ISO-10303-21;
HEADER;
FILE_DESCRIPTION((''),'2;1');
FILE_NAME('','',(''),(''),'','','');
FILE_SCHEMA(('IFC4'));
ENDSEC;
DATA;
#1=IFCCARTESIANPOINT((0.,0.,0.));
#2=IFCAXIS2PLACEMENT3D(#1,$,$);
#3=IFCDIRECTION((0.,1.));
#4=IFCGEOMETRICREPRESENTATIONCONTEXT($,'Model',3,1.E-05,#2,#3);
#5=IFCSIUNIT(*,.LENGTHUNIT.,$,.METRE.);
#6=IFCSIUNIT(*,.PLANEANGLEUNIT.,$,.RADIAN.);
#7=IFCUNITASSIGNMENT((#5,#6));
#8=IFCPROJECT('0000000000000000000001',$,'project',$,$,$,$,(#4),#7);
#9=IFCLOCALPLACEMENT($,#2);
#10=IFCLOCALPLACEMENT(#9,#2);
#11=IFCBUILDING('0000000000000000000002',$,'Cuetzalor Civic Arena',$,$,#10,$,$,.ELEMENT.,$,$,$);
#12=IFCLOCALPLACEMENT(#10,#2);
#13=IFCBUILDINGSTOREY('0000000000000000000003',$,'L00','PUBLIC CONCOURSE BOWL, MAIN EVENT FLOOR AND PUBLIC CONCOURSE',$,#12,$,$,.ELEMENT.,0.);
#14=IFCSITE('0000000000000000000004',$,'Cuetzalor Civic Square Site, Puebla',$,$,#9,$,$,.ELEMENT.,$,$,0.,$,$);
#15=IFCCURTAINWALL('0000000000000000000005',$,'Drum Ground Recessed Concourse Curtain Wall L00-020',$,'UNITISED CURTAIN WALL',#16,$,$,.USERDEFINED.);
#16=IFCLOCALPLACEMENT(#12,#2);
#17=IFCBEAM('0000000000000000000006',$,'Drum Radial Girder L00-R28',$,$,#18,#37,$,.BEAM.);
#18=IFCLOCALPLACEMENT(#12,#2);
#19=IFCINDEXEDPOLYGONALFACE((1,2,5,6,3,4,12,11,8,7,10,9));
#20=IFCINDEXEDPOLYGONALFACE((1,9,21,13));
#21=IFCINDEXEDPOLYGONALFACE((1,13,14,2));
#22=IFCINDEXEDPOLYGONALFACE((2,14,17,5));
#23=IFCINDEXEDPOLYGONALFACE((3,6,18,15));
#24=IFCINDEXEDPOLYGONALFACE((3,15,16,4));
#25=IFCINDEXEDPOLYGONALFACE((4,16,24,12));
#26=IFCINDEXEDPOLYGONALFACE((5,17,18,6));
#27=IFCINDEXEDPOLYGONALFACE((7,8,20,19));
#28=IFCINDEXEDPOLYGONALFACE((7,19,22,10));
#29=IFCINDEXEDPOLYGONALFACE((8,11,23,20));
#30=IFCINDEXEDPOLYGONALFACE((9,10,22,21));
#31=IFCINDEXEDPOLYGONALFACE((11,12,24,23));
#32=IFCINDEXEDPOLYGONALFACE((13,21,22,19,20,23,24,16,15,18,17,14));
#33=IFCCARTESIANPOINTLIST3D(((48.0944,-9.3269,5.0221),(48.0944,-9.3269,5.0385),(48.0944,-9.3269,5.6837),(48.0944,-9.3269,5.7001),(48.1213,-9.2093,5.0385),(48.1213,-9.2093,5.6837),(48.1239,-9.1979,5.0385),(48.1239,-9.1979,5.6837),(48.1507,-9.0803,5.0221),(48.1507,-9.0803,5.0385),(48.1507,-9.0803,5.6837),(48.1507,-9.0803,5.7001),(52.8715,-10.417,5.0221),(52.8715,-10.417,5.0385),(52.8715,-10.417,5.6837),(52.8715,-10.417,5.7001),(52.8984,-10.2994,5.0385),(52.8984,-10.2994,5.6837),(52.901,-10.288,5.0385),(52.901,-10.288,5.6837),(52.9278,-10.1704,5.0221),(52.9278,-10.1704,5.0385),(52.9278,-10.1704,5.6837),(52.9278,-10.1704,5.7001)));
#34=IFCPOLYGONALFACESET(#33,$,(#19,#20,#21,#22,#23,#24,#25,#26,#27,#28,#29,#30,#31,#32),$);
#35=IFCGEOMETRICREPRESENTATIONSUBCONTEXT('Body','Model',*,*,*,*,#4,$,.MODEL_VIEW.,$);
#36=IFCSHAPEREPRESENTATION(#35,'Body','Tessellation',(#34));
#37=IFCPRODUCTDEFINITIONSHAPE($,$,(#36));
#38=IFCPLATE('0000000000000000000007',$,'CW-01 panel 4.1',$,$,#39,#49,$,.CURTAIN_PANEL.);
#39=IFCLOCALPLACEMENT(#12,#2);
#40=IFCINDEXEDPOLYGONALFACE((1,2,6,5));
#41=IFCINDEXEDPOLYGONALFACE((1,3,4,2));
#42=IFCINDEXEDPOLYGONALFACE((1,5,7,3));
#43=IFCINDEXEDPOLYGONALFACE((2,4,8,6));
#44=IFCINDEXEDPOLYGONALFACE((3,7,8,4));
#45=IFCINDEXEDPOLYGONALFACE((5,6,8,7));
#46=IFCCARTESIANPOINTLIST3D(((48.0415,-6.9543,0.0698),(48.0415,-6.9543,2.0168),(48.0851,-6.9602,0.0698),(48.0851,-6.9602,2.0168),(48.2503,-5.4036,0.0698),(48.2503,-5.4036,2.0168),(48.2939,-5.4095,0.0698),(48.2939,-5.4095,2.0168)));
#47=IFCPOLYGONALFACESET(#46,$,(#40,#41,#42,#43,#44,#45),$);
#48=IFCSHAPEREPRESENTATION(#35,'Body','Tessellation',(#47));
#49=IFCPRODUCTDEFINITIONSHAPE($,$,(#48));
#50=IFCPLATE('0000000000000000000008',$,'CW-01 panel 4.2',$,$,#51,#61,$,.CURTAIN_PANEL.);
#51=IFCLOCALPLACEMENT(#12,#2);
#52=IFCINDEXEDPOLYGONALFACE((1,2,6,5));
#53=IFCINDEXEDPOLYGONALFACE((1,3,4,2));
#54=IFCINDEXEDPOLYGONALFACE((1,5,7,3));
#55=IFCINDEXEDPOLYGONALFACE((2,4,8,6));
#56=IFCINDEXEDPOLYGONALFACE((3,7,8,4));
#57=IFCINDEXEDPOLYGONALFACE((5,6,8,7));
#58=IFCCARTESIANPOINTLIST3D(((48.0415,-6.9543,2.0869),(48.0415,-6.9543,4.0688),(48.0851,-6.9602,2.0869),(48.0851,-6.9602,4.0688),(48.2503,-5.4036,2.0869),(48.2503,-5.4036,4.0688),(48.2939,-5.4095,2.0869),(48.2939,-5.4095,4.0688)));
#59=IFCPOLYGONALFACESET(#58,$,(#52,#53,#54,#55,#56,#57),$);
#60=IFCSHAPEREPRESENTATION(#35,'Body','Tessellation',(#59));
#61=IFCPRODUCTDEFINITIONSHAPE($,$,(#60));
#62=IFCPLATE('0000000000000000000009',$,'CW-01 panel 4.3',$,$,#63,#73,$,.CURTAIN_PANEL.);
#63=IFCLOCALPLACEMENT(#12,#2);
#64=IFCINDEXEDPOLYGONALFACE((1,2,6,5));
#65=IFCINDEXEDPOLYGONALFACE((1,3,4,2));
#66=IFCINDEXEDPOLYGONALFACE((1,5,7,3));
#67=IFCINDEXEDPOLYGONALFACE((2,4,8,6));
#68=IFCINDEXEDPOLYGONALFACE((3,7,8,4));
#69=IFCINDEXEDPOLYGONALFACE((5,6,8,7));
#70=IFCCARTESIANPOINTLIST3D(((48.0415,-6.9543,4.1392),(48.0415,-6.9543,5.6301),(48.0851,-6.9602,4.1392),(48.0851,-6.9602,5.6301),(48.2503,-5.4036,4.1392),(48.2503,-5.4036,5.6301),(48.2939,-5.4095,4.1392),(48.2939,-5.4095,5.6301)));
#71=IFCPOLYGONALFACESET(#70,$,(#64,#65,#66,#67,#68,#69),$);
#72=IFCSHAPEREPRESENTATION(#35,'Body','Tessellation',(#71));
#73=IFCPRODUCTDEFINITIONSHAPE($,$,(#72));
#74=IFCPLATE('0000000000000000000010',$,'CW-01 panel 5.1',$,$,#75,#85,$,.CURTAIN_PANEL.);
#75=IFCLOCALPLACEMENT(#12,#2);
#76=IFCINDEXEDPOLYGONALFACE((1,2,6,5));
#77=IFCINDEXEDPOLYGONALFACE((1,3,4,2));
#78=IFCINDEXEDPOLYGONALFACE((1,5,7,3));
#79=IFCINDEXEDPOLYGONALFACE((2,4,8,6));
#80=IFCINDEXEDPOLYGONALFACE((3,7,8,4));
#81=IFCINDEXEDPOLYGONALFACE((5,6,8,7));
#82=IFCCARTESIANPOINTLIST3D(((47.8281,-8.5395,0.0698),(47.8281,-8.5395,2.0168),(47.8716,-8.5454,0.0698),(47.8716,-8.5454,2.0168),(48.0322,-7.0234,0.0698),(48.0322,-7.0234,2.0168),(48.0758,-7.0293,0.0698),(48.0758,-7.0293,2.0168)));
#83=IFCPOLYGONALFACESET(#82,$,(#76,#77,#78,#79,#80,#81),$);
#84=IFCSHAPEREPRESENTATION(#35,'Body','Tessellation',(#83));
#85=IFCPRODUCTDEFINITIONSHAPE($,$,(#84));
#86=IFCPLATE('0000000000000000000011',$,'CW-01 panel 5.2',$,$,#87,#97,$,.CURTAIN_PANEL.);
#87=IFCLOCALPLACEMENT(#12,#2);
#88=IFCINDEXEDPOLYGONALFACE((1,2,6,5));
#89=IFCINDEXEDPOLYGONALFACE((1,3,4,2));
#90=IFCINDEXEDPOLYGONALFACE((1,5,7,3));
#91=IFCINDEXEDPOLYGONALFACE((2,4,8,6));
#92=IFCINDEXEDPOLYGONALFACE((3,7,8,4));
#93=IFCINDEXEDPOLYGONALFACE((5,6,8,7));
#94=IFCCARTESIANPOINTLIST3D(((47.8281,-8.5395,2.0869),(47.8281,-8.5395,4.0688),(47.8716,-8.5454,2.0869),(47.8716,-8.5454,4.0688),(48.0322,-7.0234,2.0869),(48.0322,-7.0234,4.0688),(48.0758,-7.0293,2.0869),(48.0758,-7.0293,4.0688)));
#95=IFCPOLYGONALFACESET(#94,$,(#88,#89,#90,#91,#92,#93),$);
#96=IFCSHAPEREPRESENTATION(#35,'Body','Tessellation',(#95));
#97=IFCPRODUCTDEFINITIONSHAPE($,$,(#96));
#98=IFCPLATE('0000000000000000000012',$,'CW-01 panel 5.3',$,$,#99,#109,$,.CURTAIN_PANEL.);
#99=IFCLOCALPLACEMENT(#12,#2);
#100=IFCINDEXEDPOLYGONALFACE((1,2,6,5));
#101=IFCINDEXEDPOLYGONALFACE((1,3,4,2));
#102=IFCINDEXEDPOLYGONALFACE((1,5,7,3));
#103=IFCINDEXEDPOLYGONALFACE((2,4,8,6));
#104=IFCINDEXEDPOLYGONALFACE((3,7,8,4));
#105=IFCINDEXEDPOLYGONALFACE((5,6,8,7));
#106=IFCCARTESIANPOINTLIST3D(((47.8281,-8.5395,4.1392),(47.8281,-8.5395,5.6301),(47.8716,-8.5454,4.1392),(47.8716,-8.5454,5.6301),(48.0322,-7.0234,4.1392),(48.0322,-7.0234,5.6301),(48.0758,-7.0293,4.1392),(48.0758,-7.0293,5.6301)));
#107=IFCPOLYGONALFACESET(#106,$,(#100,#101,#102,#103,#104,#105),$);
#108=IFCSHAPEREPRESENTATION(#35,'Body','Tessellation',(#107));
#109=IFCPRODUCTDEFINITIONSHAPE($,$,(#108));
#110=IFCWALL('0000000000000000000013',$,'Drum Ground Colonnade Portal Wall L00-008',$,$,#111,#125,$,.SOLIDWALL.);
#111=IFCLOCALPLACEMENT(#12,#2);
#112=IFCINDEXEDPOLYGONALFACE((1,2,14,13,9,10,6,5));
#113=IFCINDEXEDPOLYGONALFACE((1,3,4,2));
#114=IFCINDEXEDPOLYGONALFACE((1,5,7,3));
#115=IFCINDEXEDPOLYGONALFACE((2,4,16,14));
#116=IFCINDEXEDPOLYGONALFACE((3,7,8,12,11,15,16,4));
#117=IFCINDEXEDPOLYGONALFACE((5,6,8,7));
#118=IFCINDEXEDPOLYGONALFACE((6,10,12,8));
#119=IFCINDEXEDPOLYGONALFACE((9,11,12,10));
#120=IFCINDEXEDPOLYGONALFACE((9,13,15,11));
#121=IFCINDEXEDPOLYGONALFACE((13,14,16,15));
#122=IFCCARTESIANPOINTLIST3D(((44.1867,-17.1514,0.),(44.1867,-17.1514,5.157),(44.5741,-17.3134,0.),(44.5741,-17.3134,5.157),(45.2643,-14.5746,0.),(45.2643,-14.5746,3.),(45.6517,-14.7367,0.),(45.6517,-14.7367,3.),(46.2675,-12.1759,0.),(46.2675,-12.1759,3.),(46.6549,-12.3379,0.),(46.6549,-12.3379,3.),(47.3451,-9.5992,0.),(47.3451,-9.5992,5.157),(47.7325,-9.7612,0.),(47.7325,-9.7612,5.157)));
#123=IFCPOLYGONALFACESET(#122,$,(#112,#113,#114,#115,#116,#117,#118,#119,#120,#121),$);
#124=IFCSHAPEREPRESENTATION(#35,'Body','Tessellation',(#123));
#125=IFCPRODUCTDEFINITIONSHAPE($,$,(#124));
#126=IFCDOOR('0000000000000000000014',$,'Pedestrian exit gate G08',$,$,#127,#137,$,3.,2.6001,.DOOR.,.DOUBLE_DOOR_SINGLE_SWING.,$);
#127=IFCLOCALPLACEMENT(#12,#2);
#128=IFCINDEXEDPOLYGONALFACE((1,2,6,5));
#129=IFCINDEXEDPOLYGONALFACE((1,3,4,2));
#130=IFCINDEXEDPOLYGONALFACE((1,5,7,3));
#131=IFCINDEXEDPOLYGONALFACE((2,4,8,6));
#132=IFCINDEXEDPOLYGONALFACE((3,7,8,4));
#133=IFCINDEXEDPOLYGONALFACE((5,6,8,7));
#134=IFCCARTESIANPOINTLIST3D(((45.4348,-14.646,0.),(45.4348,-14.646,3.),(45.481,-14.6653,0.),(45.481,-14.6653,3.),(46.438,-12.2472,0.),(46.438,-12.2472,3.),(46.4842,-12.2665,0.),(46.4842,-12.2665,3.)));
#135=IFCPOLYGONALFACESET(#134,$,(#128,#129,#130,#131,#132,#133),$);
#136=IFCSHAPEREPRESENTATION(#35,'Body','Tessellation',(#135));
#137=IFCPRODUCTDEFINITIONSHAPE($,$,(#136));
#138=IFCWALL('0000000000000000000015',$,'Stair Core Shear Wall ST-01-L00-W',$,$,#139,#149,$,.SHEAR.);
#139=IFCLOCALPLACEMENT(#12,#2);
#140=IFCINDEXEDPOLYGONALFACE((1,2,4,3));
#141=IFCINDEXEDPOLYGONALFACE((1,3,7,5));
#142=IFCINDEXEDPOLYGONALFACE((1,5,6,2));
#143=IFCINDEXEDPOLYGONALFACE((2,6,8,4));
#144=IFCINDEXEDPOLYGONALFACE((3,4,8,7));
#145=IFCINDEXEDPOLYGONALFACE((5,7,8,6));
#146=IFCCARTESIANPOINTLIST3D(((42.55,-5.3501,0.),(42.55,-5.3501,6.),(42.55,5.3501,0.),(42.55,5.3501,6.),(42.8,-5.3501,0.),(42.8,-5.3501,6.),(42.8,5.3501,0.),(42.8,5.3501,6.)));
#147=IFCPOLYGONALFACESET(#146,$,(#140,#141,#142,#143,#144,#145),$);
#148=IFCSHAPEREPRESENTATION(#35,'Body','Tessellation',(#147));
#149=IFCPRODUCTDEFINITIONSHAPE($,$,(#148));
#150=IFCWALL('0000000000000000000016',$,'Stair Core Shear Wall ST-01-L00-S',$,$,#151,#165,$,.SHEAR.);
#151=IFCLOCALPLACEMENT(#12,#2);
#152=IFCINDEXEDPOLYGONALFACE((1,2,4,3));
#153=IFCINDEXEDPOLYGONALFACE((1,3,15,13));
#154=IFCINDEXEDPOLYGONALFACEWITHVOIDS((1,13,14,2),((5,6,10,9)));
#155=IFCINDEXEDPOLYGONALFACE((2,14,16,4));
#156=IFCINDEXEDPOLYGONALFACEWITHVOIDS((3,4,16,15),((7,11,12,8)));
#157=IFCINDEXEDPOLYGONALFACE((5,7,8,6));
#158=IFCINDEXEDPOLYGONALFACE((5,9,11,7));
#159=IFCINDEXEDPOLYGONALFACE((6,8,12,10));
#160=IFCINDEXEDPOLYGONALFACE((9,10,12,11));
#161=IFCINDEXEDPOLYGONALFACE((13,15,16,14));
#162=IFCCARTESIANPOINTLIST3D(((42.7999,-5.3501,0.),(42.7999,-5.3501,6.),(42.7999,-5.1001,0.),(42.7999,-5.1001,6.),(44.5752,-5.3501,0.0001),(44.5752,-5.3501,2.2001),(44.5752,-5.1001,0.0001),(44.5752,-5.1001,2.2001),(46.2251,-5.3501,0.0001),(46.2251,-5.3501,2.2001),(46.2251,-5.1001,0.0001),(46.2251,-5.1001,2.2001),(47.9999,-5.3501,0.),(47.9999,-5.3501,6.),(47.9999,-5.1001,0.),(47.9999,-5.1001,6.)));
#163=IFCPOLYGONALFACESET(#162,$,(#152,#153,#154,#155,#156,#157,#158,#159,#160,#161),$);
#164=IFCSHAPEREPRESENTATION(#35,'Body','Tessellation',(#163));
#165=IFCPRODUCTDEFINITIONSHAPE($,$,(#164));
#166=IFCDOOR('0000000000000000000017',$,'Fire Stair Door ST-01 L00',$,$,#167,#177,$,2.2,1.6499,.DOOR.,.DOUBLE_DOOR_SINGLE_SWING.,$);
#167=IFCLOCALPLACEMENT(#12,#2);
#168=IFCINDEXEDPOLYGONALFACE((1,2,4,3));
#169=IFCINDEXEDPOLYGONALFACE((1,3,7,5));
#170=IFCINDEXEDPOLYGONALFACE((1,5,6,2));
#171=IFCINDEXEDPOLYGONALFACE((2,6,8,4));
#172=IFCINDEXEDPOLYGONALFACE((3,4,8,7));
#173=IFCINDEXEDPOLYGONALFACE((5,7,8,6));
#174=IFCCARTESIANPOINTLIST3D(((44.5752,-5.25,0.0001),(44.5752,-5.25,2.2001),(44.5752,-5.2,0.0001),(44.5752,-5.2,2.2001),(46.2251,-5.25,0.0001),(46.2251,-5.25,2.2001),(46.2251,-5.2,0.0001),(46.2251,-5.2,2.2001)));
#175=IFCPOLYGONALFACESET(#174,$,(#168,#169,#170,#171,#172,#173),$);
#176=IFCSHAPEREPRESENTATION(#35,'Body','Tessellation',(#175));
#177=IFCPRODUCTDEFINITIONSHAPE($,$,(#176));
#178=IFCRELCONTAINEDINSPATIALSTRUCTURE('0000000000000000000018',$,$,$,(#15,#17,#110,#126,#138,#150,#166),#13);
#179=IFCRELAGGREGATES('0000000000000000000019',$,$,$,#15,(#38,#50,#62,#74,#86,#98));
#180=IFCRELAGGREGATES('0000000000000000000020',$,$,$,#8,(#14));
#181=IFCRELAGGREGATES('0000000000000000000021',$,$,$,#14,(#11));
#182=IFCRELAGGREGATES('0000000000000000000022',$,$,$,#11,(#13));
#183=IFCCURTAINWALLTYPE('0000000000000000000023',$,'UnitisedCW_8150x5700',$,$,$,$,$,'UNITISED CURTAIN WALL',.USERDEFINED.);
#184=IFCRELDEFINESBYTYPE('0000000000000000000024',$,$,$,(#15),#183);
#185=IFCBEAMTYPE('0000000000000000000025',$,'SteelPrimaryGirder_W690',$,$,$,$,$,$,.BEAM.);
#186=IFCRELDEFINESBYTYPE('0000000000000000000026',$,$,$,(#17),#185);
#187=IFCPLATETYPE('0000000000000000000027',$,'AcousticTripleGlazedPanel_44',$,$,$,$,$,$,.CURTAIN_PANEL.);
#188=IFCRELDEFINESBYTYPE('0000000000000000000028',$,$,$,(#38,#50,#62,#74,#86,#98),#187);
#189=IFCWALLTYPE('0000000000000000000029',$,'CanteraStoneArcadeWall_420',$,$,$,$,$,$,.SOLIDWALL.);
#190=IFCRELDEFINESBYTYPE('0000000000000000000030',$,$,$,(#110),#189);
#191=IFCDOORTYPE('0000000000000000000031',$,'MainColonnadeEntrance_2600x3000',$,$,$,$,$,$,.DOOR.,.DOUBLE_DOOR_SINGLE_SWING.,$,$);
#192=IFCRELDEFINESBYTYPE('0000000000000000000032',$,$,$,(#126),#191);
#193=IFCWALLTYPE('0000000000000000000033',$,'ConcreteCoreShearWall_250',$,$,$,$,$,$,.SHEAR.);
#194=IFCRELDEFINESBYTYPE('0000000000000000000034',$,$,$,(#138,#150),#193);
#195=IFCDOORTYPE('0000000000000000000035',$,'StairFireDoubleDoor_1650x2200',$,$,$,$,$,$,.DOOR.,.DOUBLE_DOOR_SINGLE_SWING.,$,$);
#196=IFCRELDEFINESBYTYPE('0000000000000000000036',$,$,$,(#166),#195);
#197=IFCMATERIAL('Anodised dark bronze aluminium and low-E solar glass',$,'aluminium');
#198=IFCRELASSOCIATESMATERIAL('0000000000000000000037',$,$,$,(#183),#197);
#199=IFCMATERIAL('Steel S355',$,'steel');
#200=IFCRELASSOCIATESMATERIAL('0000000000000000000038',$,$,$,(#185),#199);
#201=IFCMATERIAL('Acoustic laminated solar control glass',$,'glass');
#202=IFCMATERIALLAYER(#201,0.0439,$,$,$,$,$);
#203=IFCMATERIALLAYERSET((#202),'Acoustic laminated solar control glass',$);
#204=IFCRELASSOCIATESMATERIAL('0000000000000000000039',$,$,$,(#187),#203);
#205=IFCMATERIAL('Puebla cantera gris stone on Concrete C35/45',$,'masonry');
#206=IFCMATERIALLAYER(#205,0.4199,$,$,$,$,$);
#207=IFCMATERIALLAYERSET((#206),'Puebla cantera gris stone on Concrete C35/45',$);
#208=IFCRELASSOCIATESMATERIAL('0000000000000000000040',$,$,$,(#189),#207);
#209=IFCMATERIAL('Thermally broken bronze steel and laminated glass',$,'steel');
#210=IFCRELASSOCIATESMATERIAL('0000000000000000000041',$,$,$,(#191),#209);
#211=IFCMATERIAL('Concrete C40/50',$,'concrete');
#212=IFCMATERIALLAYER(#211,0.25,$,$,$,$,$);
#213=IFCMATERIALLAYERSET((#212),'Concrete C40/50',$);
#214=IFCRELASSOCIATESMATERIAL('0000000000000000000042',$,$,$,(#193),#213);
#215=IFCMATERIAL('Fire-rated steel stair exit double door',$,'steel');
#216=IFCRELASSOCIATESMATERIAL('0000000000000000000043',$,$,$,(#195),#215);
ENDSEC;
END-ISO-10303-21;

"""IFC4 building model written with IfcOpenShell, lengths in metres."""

from ifc_helpers import new_model, si_unit, direction, frame, frame_2d, origin, origin_2d, place, context, subcontext, project, spatial, rectangle, i_section, extrude, material, layer, layer_set, material_profile, profile_set, type_object, element, fill, aggregate, save


model = new_model("IFC4")

# Units and contexts
model_context = context("Model", 3, precision=1e-05, world=origin(), true_north=direction((0.0, 1.0)))
body_context = subcontext(model_context, "Body", "Model", "MODEL_VIEW")
ifc_project = project(units=[si_unit("LENGTHUNIT", "METRE"), si_unit("PLANEANGLEUNIT", "RADIAN")], contexts=[model_context])

# Site, building, storey
site_placement = place(None, origin())
site = spatial("IfcSite", under=ifc_project, at=site_placement, Name="Cuetzalor Civic Square Site, Puebla", CompositionType="ELEMENT", RefElevation=0.0)
building_placement = place(site_placement, origin())
building = spatial("IfcBuilding", under=site, at=building_placement, Name="Cuetzalor Civic Arena", CompositionType="ELEMENT")
storey_placement = place(building_placement, origin())
storey = spatial("IfcBuildingStorey", under=building, at=storey_placement, Name="L00", Description="PUBLIC CONCOURSE BOWL, MAIN EVENT FLOOR AND PUBLIC CONCOURSE", CompositionType="ELEMENT", Elevation=0.0)

# Curtain wall
ifc_material_1 = material(Name="Anodised dark bronze aluminium and low-E solar glass", Category="aluminium")
curtain_wall_type_1 = type_object("IfcCurtainWallType", Name="UnitisedCW_8150x5700", ElementType="UNITISED CURTAIN WALL", PredefinedType="USERDEFINED", material=ifc_material_1)
curtain_wall_1_placement = place(storey_placement, origin())
curtain_wall_1 = element("IfcCurtainWall", 1, at=curtain_wall_1_placement, inside=storey, type_object=curtain_wall_type_1, Name="Drum Ground Recessed Concourse Curtain Wall L00-020", ObjectType="UNITISED CURTAIN WALL", PredefinedType="USERDEFINED")

# Beam
ifc_material_2 = material(Name="Steel S355", Category="steel")
ifc_material_profile_1 = material_profile(ifc_material_2, i_section(OverallWidth=0.2529, OverallDepth=0.678, WebThickness=0.0117, FlangeThickness=0.0164, at=origin_2d()), Name="W690x125")
ifc_profile_set_1 = profile_set([ifc_material_profile_1], Name="Steel S355")
beam_type_1 = type_object("IfcBeamType", Name="SteelPrimaryGirder_W690", PredefinedType="BEAM", material=ifc_profile_set_1)
beam_1_placement = place(storey_placement, frame((48.1226, -9.2036, 5.3611), z_axis=(0.974939, -0.222472, 0.0), x_axis=(0.222472, 0.974939, 0.0)))
element("IfcBeam", 2, at=beam_1_placement, inside=storey, type_object=beam_type_1, Name="Drum Radial Girder L00-R28", PredefinedType="BEAM", context=body_context, shape_type="SweptSolid", body=[
    extrude(i_section(OverallWidth=0.2529, OverallDepth=0.678, WebThickness=0.0117, FlangeThickness=0.0164, at=origin_2d()), origin(), (0.0, 0.0, 1.0), 4.8999),
])

# Plates
ifc_material_3 = material(Name="Acoustic laminated solar control glass", Category="glass")
ifc_layer_1 = layer(ifc_material_3, 0.0439)
ifc_layer_set_1 = layer_set([ifc_layer_1], Name="Acoustic laminated solar control glass")
plate_type = type_object("IfcPlateType", Name="AcousticTripleGlazedPanel_44", PredefinedType="CURTAIN_PANEL", material=ifc_layer_set_1)
plate_1_placement = place(storey_placement, frame((48.1677, -6.1819, 0.0698), z_axis=(0.0, 0.0, 1.0), x_axis=(-0.133443, -0.991056, 0.0)))
plate_1 = element("IfcPlate", 3, at=plate_1_placement, type_object=plate_type, Name="CW-01 panel 4.1", PredefinedType="CURTAIN_PANEL", context=body_context, shape_type="SweptSolid", body=[
    extrude(rectangle(XDim=1.5647, YDim=0.0439, at=origin_2d()), origin(), (0.0, 0.0, 1.0), 1.947),
])
plate_2_placement = place(storey_placement, frame((48.1677, -6.1819, 2.0869), z_axis=(0.0, 0.0, 1.0), x_axis=(-0.133443, -0.991056, 0.0)))
plate_2 = element("IfcPlate", 4, at=plate_2_placement, type_object=plate_type, Name="CW-01 panel 4.2", PredefinedType="CURTAIN_PANEL", context=body_context, shape_type="SweptSolid", body=[
    extrude(rectangle(XDim=1.5647, YDim=0.0439, at=origin_2d()), origin(), (0.0, 0.0, 1.0), 1.9819),
])
plate_3_placement = place(storey_placement, frame((48.1677, -6.1819, 4.1392), z_axis=(0.0, 0.0, 1.0), x_axis=(-0.133443, -0.991056, 0.0)))
plate_3 = element("IfcPlate", 5, at=plate_3_placement, type_object=plate_type, Name="CW-01 panel 4.3", PredefinedType="CURTAIN_PANEL", context=body_context, shape_type="SweptSolid", body=[
    extrude(rectangle(XDim=1.5647, YDim=0.0439, at=origin_2d()), origin(), (0.0, 0.0, 1.0), 1.491),
])
plate_4_placement = place(storey_placement, frame((47.9519, -7.7844, 0.0698), z_axis=(0.0, 0.0, 1.0), x_axis=(-0.133443, -0.991056, 0.0)))
plate_4 = element("IfcPlate", 6, at=plate_4_placement, type_object=plate_type, Name="CW-01 panel 5.1", PredefinedType="CURTAIN_PANEL", context=body_context, shape_type="SweptSolid", body=[
    extrude(rectangle(XDim=1.5298, YDim=0.0439, at=origin_2d()), origin(), (0.0, 0.0, 1.0), 1.947),
])
plate_5_placement = place(storey_placement, frame((47.9519, -7.7844, 2.0869), z_axis=(0.0, 0.0, 1.0), x_axis=(-0.133443, -0.991056, 0.0)))
plate_5 = element("IfcPlate", 7, at=plate_5_placement, type_object=plate_type, Name="CW-01 panel 5.2", PredefinedType="CURTAIN_PANEL", context=body_context, shape_type="SweptSolid", body=[
    extrude(rectangle(XDim=1.5298, YDim=0.0439, at=origin_2d()), origin(), (0.0, 0.0, 1.0), 1.9819),
])
plate_6_placement = place(storey_placement, frame((47.9519, -7.7844, 4.1392), z_axis=(0.0, 0.0, 1.0), x_axis=(-0.133443, -0.991056, 0.0)))
plate_6 = element("IfcPlate", 8, at=plate_6_placement, type_object=plate_type, Name="CW-01 panel 5.3", PredefinedType="CURTAIN_PANEL", context=body_context, shape_type="SweptSolid", body=[
    extrude(rectangle(XDim=1.5298, YDim=0.0439, at=origin_2d()), origin(), (0.0, 0.0, 1.0), 1.491),
])
aggregate(curtain_wall_1, [plate_1, plate_2, plate_3, plate_4, plate_5, plate_6])

# Wall, opening, door
ifc_material_4 = material(Name="Puebla cantera gris stone on Concrete C35/45", Category="masonry")
ifc_layer_2 = layer(ifc_material_4, 0.4199)
ifc_layer_set_2 = layer_set([ifc_layer_2], Name="Puebla cantera gris stone on Concrete C35/45")
wall_type_1 = type_object("IfcWallType", Name="CanteraStoneArcadeWall_420", PredefinedType="SOLIDWALL", material=ifc_layer_set_2)
wall_1_placement = place(storey_placement, frame((47.5388, -9.6802, 0.0), z_axis=(0.0, 0.0, 1.0), x_axis=(-0.385831, -0.92257, 0.0)))
wall_1 = element("IfcWall", 9, at=wall_1_placement, inside=storey, type_object=wall_type_1, Name="Drum Ground Colonnade Portal Wall L00-008", PredefinedType="SOLIDWALL", context=body_context, shape_type="SweptSolid", body=[
    extrude(rectangle(XDim=8.186, YDim=0.4199, at=frame_2d((4.093, 0.0))), origin(), (0.0, 0.0, 1.0), 5.157),
])
opening_1_placement = place(wall_1_placement, frame((2.793, 0.0, 0.0)))
opening_1 = element("IfcOpeningElement", 10, at=opening_1_placement, cuts=wall_1, PredefinedType="OPENING", context=body_context, shape_type="SweptSolid", body=[
    extrude(rectangle(XDim=2.6001, YDim=3.0, at=frame_2d((1.3, 1.5))), frame((0.0, 0.22, 0.0), z_axis=(0.0, -1.0, 0.0), x_axis=(1.0, 0.0, 0.0)), (0.0, 0.0, 1.0), 0.4399),
])
ifc_material_5 = material(Name="Thermally broken bronze steel and laminated glass", Category="steel")
door_type_1 = type_object("IfcDoorType", Name="MainColonnadeEntrance_2600x3000", OperationType="DOUBLE_DOOR_SINGLE_SWING", PredefinedType="DOOR", material=ifc_material_5)
door_1_placement = place(opening_1_placement, origin())
door_1 = element("IfcDoor", 11, at=door_1_placement, inside=storey, type_object=door_type_1, Name="Pedestrian exit gate G08", OperationType="DOUBLE_DOOR_SINGLE_SWING", OverallHeight=3.0, OverallWidth=2.6001, PredefinedType="DOOR", context=body_context, shape_type="SweptSolid", body=[
    extrude(rectangle(XDim=2.6001, YDim=3.0, at=frame_2d((1.3, 1.5))), frame((0.0, 0.0249, 0.0), z_axis=(0.0, -1.0, 0.0), x_axis=(1.0, 0.0, 0.0)), (0.0, 0.0, 1.0), 0.05),
])
fill(opening_1, door_1)

# Wall
ifc_material_6 = material(Name="Concrete C40/50", Category="concrete")
ifc_layer_3 = layer(ifc_material_6, 0.25)
ifc_layer_set_3 = layer_set([ifc_layer_3], Name="Concrete C40/50")
wall_type_2 = type_object("IfcWallType", Name="ConcreteCoreShearWall_250", PredefinedType="SHEAR", material=ifc_layer_set_3)
wall_2_placement = place(storey_placement, frame((42.675, -5.3501, 0.0), z_axis=(0.0, 0.0, 1.0), x_axis=(0.0, 1.0, 0.0)))
element("IfcWall", 12, at=wall_2_placement, inside=storey, type_object=wall_type_2, Name="Stair Core Shear Wall ST-01-L00-W", PredefinedType="SHEAR", context=body_context, shape_type="SweptSolid", body=[
    extrude(rectangle(XDim=10.7002, YDim=0.25, at=frame_2d((5.3501, 0.0))), origin(), (0.0, 0.0, 1.0), 6.0),
])

# Wall, opening, door
wall_3_placement = place(storey_placement, frame((48.0, -5.2251, 0.0), z_axis=(0.0, 0.0, 1.0), x_axis=(-1.0, 0.0, 0.0)))
wall_3 = element("IfcWall", 13, at=wall_3_placement, inside=storey, type_object=wall_type_2, Name="Stair Core Shear Wall ST-01-L00-S", PredefinedType="SHEAR", context=body_context, shape_type="SweptSolid", body=[
    extrude(rectangle(XDim=5.2, YDim=0.25, at=frame_2d((2.6001, 0.0))), origin(), (0.0, 0.0, 1.0), 6.0),
])
opening_2_placement = place(wall_3_placement, frame((1.7749, 0.0, 0.0)))
opening_2 = element("IfcOpeningElement", 14, at=opening_2_placement, cuts=wall_3, PredefinedType="OPENING", context=body_context, shape_type="SweptSolid", body=[
    extrude(rectangle(XDim=1.6499, YDim=2.2, at=frame_2d((0.825, 1.1001))), frame((0.0, 0.135, 0.0), z_axis=(0.0, -1.0, 0.0), x_axis=(1.0, 0.0, 0.0)), (0.0, 0.0, 1.0), 0.27),
])
ifc_material_7 = material(Name="Fire-rated steel stair exit double door", Category="steel")
door_type_2 = type_object("IfcDoorType", Name="StairFireDoubleDoor_1650x2200", OperationType="DOUBLE_DOOR_SINGLE_SWING", PredefinedType="DOOR", material=ifc_material_7)
door_2_placement = place(opening_2_placement, origin())
door_2 = element("IfcDoor", 15, at=door_2_placement, inside=storey, type_object=door_type_2, Name="Fire Stair Door ST-01 L00", OperationType="DOUBLE_DOOR_SINGLE_SWING", OverallHeight=2.2, OverallWidth=1.6499, PredefinedType="DOOR", context=body_context, shape_type="SweptSolid", body=[
    extrude(rectangle(XDim=1.6499, YDim=2.2, at=frame_2d((0.825, 1.1001))), frame((0.0, 0.0249, 0.0), z_axis=(0.0, -1.0, 0.0), x_axis=(1.0, 0.0, 0.0)), (0.0, 0.0, 1.0), 0.05),
])
fill(opening_2, door_2)

save(model, "model.ifc")
